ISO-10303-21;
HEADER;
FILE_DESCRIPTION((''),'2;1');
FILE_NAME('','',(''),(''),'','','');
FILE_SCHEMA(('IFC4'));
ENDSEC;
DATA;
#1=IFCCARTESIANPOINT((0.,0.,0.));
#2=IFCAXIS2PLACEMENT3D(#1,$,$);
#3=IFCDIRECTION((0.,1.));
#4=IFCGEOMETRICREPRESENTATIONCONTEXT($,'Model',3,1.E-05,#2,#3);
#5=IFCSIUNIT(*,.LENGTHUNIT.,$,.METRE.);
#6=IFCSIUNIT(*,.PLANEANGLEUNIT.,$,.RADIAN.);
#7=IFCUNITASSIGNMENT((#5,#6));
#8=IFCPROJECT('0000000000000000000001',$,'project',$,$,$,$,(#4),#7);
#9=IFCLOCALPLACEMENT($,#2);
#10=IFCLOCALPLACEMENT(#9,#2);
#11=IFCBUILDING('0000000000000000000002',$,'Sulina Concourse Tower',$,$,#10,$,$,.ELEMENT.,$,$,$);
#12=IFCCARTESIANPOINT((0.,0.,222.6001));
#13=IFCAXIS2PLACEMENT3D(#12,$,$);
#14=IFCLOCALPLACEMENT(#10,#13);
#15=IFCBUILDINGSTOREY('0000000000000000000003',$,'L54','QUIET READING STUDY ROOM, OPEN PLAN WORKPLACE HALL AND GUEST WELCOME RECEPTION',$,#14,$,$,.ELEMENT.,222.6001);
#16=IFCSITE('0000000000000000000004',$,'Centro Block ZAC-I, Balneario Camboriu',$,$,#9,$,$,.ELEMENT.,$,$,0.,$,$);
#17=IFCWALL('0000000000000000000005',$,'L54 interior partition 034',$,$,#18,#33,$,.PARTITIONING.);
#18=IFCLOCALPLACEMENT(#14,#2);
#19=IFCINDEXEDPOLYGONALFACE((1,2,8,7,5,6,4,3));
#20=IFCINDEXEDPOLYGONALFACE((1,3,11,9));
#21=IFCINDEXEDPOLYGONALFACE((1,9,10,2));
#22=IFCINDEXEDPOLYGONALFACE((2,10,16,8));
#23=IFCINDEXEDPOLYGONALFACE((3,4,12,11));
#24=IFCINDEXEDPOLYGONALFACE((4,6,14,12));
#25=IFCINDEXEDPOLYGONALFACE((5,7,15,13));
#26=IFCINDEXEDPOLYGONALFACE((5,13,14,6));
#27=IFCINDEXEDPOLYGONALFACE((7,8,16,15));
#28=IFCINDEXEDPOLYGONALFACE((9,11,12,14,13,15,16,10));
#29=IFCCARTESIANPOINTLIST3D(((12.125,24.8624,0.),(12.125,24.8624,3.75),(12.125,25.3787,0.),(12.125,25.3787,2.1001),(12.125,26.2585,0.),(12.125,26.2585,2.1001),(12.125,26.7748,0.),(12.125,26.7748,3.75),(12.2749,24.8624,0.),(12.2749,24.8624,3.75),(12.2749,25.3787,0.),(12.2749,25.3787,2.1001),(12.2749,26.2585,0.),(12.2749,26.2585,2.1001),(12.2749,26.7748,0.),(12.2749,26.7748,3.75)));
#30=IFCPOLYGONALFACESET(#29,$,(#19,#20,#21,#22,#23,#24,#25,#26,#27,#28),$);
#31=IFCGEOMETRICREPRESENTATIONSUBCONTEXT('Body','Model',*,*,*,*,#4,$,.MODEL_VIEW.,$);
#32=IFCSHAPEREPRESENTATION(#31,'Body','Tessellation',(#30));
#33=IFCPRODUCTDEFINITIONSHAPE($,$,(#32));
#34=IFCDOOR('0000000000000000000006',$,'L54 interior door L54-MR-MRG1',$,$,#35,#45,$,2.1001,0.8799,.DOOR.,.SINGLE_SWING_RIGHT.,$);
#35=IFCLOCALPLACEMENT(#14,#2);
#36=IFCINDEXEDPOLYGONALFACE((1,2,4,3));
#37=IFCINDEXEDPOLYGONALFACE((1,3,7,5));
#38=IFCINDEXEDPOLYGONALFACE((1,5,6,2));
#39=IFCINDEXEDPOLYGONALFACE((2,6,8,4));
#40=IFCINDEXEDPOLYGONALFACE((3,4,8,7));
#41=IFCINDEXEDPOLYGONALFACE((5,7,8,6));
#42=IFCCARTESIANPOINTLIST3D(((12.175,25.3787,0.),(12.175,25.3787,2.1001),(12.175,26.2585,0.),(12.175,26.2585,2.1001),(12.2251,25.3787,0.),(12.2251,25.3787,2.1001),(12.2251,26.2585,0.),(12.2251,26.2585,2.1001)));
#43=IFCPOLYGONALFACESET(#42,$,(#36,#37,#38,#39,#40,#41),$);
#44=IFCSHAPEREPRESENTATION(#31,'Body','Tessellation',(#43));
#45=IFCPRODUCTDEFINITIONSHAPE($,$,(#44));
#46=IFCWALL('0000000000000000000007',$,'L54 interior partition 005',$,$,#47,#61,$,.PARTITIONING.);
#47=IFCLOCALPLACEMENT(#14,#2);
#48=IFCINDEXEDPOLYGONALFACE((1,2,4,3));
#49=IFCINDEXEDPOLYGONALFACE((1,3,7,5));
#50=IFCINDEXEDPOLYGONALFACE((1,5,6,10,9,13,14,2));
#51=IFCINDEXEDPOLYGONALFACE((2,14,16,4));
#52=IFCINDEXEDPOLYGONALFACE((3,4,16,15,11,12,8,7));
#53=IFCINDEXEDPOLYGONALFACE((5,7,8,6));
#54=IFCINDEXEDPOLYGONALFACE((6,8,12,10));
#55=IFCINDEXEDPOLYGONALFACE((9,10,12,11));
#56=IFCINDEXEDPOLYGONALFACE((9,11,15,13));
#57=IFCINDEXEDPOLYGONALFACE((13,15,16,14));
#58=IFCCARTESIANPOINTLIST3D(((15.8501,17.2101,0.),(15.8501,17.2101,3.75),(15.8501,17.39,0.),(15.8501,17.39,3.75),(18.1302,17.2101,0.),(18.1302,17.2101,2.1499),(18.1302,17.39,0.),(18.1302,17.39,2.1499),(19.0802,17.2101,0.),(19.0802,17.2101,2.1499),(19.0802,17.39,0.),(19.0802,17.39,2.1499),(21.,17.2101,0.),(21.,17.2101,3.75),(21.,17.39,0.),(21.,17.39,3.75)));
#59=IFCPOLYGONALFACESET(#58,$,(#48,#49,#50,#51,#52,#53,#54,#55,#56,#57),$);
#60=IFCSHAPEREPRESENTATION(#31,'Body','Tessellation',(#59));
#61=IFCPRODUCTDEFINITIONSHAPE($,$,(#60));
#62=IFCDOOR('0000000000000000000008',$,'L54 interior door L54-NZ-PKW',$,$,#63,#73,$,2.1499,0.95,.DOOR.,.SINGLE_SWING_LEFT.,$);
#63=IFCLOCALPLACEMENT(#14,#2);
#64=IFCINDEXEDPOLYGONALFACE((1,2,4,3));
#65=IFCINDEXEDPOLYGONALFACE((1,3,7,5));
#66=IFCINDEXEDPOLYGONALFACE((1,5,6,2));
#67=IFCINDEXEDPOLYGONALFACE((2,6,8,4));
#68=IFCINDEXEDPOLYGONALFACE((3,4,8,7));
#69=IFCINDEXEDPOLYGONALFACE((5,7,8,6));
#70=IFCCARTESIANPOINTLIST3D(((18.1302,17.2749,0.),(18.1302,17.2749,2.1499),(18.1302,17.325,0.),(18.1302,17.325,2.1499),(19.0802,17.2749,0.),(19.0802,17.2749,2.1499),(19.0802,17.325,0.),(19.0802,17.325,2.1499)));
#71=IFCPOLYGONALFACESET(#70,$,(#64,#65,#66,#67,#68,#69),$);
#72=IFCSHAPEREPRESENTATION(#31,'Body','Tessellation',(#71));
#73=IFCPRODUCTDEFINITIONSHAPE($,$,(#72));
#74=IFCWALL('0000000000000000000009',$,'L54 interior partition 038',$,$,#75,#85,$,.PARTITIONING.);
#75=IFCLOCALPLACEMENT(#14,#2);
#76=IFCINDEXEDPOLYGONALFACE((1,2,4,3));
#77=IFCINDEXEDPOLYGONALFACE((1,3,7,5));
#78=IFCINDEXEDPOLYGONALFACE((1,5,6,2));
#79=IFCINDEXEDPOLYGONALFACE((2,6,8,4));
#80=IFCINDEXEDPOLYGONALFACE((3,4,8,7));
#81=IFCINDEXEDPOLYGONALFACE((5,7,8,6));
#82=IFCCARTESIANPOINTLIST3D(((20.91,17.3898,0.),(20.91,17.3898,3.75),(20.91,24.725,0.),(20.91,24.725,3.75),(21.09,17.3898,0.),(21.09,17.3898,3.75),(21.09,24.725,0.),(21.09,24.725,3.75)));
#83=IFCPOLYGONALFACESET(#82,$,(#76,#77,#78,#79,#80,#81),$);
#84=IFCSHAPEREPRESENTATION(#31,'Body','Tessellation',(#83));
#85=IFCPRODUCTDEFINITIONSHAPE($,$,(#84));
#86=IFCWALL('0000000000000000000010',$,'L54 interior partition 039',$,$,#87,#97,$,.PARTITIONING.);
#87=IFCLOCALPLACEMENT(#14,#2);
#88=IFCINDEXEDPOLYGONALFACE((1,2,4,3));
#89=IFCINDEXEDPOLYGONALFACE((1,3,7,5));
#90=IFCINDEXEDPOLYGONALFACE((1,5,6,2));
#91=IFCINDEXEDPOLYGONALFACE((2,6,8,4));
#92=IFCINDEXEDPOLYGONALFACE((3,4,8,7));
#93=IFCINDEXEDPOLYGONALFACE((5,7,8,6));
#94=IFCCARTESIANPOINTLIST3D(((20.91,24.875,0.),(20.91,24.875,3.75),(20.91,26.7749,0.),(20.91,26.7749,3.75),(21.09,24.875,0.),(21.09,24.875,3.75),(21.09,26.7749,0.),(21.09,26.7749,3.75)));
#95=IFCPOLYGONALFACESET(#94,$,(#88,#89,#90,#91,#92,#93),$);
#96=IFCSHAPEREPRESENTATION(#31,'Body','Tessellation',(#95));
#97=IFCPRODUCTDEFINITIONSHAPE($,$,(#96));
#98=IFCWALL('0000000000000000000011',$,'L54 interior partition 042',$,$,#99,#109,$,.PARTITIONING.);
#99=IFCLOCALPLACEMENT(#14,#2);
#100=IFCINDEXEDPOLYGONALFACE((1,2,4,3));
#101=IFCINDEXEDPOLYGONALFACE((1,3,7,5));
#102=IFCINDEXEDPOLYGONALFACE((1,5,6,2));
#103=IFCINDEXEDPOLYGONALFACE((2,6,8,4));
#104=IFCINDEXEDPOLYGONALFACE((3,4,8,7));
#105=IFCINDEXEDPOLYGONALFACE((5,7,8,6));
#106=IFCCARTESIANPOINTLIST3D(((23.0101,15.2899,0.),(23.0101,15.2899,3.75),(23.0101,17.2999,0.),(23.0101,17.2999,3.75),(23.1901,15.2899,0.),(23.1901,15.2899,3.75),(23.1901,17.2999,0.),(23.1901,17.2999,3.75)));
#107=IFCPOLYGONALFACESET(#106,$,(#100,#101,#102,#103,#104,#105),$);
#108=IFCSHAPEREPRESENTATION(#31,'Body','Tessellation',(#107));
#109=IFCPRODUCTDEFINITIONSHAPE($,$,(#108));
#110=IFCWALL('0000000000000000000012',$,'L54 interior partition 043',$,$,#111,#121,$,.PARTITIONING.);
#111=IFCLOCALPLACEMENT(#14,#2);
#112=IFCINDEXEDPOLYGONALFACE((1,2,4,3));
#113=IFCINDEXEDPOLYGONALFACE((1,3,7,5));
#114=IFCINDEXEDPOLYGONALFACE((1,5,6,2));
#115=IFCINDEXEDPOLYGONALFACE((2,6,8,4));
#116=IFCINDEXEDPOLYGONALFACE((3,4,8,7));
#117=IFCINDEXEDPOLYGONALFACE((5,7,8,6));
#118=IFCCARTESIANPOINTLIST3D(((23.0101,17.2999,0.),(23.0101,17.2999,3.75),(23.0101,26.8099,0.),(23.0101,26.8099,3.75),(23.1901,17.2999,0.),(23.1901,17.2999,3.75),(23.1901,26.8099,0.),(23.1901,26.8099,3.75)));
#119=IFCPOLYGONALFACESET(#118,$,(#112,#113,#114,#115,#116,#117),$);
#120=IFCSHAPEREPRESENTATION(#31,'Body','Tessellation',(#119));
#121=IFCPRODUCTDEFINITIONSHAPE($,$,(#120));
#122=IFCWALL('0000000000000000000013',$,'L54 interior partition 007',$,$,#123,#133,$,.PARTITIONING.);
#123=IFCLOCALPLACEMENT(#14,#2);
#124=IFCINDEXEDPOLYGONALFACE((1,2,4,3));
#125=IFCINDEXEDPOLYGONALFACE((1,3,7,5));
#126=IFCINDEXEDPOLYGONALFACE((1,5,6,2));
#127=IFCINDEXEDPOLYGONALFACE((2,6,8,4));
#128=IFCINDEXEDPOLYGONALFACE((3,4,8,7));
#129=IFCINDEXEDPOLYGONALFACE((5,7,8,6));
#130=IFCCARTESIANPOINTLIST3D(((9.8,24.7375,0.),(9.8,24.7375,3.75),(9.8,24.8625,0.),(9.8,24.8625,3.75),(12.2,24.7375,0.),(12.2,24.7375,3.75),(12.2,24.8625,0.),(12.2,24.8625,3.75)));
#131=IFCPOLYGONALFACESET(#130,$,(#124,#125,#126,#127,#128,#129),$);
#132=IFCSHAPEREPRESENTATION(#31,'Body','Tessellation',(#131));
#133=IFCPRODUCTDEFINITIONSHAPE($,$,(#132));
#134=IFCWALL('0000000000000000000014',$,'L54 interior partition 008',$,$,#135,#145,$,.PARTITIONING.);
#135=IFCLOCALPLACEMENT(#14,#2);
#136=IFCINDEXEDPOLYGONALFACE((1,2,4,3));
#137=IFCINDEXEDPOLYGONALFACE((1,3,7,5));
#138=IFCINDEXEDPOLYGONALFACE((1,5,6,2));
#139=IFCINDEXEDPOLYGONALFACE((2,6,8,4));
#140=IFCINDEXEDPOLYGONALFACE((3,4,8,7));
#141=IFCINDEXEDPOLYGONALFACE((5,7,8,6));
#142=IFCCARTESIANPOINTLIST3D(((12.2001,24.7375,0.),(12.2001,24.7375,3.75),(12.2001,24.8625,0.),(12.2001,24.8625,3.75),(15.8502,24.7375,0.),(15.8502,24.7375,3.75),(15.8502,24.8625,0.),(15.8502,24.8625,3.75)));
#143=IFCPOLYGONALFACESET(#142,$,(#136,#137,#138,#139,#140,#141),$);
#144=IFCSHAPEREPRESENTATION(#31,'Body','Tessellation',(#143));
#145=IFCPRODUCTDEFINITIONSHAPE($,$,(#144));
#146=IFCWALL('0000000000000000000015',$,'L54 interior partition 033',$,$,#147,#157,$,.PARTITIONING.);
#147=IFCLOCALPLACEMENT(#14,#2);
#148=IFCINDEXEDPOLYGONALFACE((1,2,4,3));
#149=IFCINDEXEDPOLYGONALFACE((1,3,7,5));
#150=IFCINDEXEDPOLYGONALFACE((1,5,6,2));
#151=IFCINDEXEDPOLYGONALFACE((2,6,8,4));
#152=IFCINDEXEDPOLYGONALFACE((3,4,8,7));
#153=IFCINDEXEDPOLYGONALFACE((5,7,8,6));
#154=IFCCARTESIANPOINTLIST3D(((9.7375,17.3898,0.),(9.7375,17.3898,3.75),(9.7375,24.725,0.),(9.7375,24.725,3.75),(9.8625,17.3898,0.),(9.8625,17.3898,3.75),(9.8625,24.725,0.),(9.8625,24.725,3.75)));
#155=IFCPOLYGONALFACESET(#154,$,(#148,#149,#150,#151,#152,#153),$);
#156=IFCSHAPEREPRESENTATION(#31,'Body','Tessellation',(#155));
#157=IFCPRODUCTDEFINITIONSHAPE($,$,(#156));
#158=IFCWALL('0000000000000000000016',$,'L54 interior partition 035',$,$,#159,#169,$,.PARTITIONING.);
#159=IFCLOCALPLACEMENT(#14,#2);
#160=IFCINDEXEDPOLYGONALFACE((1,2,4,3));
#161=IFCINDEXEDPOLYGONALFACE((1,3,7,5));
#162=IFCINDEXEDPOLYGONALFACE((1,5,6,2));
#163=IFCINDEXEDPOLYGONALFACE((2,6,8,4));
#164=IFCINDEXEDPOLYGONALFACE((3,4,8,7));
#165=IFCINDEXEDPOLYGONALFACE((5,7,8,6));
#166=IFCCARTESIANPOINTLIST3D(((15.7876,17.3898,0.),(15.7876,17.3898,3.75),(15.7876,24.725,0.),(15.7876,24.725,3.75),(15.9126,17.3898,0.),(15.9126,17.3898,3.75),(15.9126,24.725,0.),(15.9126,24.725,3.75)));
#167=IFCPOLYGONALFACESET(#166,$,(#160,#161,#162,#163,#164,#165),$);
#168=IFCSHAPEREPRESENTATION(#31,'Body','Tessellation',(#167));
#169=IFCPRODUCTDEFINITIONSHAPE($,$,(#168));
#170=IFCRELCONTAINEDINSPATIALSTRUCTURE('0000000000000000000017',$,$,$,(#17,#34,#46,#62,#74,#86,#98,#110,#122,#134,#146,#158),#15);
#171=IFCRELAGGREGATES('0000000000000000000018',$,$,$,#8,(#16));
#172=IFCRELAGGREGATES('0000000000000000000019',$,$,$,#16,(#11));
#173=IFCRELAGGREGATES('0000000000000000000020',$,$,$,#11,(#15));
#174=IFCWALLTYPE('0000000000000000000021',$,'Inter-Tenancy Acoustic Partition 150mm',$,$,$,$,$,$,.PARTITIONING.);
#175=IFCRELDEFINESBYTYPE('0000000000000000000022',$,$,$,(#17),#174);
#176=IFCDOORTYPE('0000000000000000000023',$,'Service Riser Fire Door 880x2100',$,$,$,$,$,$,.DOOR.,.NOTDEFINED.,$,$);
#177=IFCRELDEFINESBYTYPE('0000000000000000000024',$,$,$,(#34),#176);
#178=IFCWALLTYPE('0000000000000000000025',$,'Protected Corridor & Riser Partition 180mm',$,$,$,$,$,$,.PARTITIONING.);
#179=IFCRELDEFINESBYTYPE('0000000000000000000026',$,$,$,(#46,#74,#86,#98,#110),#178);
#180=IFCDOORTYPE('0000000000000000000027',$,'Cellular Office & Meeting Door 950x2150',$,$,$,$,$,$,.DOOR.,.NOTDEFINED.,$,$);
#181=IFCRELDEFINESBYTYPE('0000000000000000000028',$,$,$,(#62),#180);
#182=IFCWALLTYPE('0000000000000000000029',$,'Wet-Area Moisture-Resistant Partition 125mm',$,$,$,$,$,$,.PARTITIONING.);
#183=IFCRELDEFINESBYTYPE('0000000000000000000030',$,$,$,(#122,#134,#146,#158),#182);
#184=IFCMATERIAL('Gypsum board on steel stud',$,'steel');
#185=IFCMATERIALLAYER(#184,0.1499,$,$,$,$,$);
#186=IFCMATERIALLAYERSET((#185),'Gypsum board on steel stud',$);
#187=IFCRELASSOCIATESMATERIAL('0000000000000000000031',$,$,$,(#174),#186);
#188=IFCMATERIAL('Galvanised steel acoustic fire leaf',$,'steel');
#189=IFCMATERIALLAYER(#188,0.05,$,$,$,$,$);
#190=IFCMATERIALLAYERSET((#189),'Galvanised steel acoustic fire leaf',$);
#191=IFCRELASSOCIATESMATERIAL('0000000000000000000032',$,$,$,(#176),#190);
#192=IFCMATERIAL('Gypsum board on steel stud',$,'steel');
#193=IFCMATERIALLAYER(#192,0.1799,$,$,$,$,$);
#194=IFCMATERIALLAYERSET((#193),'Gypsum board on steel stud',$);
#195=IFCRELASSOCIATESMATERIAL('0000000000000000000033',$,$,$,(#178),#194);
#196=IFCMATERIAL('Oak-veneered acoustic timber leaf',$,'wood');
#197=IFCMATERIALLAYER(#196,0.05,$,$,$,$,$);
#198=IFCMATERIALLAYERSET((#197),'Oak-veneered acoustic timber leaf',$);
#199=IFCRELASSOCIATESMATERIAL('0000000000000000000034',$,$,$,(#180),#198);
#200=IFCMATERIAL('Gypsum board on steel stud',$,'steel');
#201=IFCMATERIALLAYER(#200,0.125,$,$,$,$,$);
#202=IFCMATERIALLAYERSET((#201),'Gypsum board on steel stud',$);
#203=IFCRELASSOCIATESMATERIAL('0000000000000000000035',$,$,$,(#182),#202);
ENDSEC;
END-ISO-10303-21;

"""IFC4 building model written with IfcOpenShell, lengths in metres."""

from ifc_helpers import new_model, si_unit, direction, frame, frame_2d, origin, place, context, subcontext, project, spatial, rectangle, extrude, material, layer, layer_set, type_object, element, fill, save


model = new_model("IFC4")

# Units and contexts
model_context = context("Model", 3, precision=1e-05, world=origin(), true_north=direction((0.0, 1.0)))
body_context = subcontext(model_context, "Body", "Model", "MODEL_VIEW")
ifc_project = project(units=[si_unit("LENGTHUNIT", "METRE"), si_unit("PLANEANGLEUNIT", "RADIAN")], contexts=[model_context])

# Site, building, storey
site_placement = place(None, origin())
site = spatial("IfcSite", under=ifc_project, at=site_placement, Name="Centro Block ZAC-I, Balneario Camboriu", CompositionType="ELEMENT", RefElevation=0.0)
building_placement = place(site_placement, origin())
building = spatial("IfcBuilding", under=site, at=building_placement, Name="Sulina Concourse Tower", CompositionType="ELEMENT")
storey_placement = place(building_placement, frame((0.0, 0.0, 222.6001)))
storey = spatial("IfcBuildingStorey", under=building, at=storey_placement, Name="L54", Description="QUIET READING STUDY ROOM, OPEN PLAN WORKPLACE HALL AND GUEST WELCOME RECEPTION", CompositionType="ELEMENT", Elevation=222.6001)

# Shared definitions
ifc_material_1 = material(Name="Gypsum board on steel stud", Category="steel")
ifc_layer_1 = layer(ifc_material_1, 0.1499)
ifc_layer_set_1 = layer_set([ifc_layer_1], Name="Gypsum board on steel stud")
wall_type_1 = type_object("IfcWallType", Name="Inter-Tenancy Acoustic Partition 150mm", PredefinedType="PARTITIONING", material=ifc_layer_set_1)

# Walls, openings, doors
wall_1_placement = place(storey_placement, frame((12.2, 24.8625, 0.0), z_axis=(0.0, 0.0, 1.0), x_axis=(0.0, 1.0, 0.0)))
wall_1 = element("IfcWall", 1, at=wall_1_placement, inside=storey, type_object=wall_type_1, Name="L54 interior partition 034", PredefinedType="PARTITIONING", context=body_context, shape_type="SweptSolid", body=[
    extrude(rectangle(XDim=1.9124, YDim=0.1499, at=frame_2d((0.9561, 0.0))), origin(), (0.0, 0.0, 1.0), 3.75),
])
opening_1_placement = place(wall_1_placement, frame((0.5161, 0.0, 0.0)))
opening_1 = element("IfcOpeningElement", 2, at=opening_1_placement, cuts=wall_1, PredefinedType="OPENING", context=body_context, shape_type="SweptSolid", body=[
    extrude(rectangle(XDim=0.8799, YDim=2.1001, at=frame_2d((0.4399, 1.05))), frame((0.0, 0.085, 0.0), z_axis=(0.0, -1.0, 0.0), x_axis=(1.0, 0.0, 0.0)), (0.0, 0.0, 1.0), 0.1699),
])
ifc_material_2 = material(Name="Galvanised steel acoustic fire leaf", Category="steel")
ifc_layer_2 = layer(ifc_material_2, 0.05)
ifc_layer_set_2 = layer_set([ifc_layer_2], Name="Galvanised steel acoustic fire leaf")
door_type_1 = type_object("IfcDoorType", Name="Service Riser Fire Door 880x2100", OperationType="NOTDEFINED", PredefinedType="DOOR", material=ifc_layer_set_2)
door_1_placement = place(opening_1_placement, origin())
door_1 = element("IfcDoor", 3, at=door_1_placement, inside=storey, type_object=door_type_1, Name="L54 interior door L54-MR-MRG1", OperationType="SINGLE_SWING_RIGHT", OverallHeight=2.1001, OverallWidth=0.8799, PredefinedType="DOOR", context=body_context, shape_type="SweptSolid", body=[
    extrude(rectangle(XDim=0.8799, YDim=2.1001, at=frame_2d((0.4399, 1.05))), frame((0.0, 0.0249, 0.0), z_axis=(0.0, -1.0, 0.0), x_axis=(1.0, 0.0, 0.0)), (0.0, 0.0, 1.0), 0.05),
])
fill(opening_1, door_1)
ifc_material_3 = material(Name="Gypsum board on steel stud", Category="steel")
ifc_layer_3 = layer(ifc_material_3, 0.1799)
ifc_layer_set_3 = layer_set([ifc_layer_3], Name="Gypsum board on steel stud")
wall_type_2 = type_object("IfcWallType", Name="Protected Corridor & Riser Partition 180mm", PredefinedType="PARTITIONING", material=ifc_layer_set_3)
wall_2_placement = place(storey_placement, frame((15.8501, 17.3, 0.0), z_axis=(0.0, 0.0, 1.0), x_axis=(1.0, 0.0, 0.0)))
wall_2 = element("IfcWall", 4, at=wall_2_placement, inside=storey, type_object=wall_type_2, Name="L54 interior partition 005", PredefinedType="PARTITIONING", context=body_context, shape_type="SweptSolid", body=[
    extrude(rectangle(XDim=5.1499, YDim=0.1799, at=frame_2d((2.575, 0.0))), origin(), (0.0, 0.0, 1.0), 3.75),
])
opening_2_placement = place(wall_2_placement, frame((2.28, 0.0, 0.0)))
opening_2 = element("IfcOpeningElement", 5, at=opening_2_placement, cuts=wall_2, PredefinedType="OPENING", context=body_context, shape_type="SweptSolid", body=[
    extrude(rectangle(XDim=0.95, YDim=2.1499, at=frame_2d((0.4751, 1.075))), frame((0.0, 0.0999, 0.0), z_axis=(0.0, -1.0, 0.0), x_axis=(1.0, 0.0, 0.0)), (0.0, 0.0, 1.0), 0.2),
])
ifc_material_4 = material(Name="Oak-veneered acoustic timber leaf", Category="wood")
ifc_layer_4 = layer(ifc_material_4, 0.05)
ifc_layer_set_4 = layer_set([ifc_layer_4], Name="Oak-veneered acoustic timber leaf")
door_type_2 = type_object("IfcDoorType", Name="Cellular Office & Meeting Door 950x2150", OperationType="NOTDEFINED", PredefinedType="DOOR", material=ifc_layer_set_4)
door_2_placement = place(opening_2_placement, origin())
door_2 = element("IfcDoor", 6, at=door_2_placement, inside=storey, type_object=door_type_2, Name="L54 interior door L54-NZ-PKW", OperationType="SINGLE_SWING_LEFT", OverallHeight=2.1499, OverallWidth=0.95, PredefinedType="DOOR", context=body_context, shape_type="SweptSolid", body=[
    extrude(rectangle(XDim=0.95, YDim=2.1499, at=frame_2d((0.4751, 1.075))), frame((0.0, 0.0249, 0.0), z_axis=(0.0, -1.0, 0.0), x_axis=(1.0, 0.0, 0.0)), (0.0, 0.0, 1.0), 0.05),
])
fill(opening_2, door_2)

# Walls
wall_3_placement = place(storey_placement, frame((21.0, 17.3899, 0.0), z_axis=(0.0, 0.0, 1.0), x_axis=(0.0, 1.0, 0.0)))
element("IfcWall", 7, at=wall_3_placement, inside=storey, type_object=wall_type_2, Name="L54 interior partition 038", PredefinedType="PARTITIONING", context=body_context, shape_type="SweptSolid", body=[
    extrude(rectangle(XDim=7.3352, YDim=0.1799, at=frame_2d((3.6675, 0.0))), origin(), (0.0, 0.0, 1.0), 3.75),
])
wall_4_placement = place(storey_placement, frame((21.0, 24.875, 0.0), z_axis=(0.0, 0.0, 1.0), x_axis=(0.0, 1.0, 0.0)))
element("IfcWall", 8, at=wall_4_placement, inside=storey, type_object=wall_type_2, Name="L54 interior partition 039", PredefinedType="PARTITIONING", context=body_context, shape_type="SweptSolid", body=[
    extrude(rectangle(XDim=1.8999, YDim=0.1799, at=frame_2d((0.95, 0.0))), origin(), (0.0, 0.0, 1.0), 3.75),
])
wall_5_placement = place(storey_placement, frame((23.1001, 15.29, 0.0), z_axis=(0.0, 0.0, 1.0), x_axis=(0.0, 1.0, 0.0)))
element("IfcWall", 9, at=wall_5_placement, inside=storey, type_object=wall_type_2, Name="L54 interior partition 042", PredefinedType="PARTITIONING", context=body_context, shape_type="SweptSolid", body=[
    extrude(rectangle(XDim=2.01, YDim=0.1799, at=frame_2d((1.0049, 0.0))), origin(), (0.0, 0.0, 1.0), 3.75),
])
wall_6_placement = place(storey_placement, frame((23.1001, 17.3, 0.0), z_axis=(0.0, 0.0, 1.0), x_axis=(0.0, 1.0, 0.0)))
element("IfcWall", 10, at=wall_6_placement, inside=storey, type_object=wall_type_2, Name="L54 interior partition 043", PredefinedType="PARTITIONING", context=body_context, shape_type="SweptSolid", body=[
    extrude(rectangle(XDim=9.51, YDim=0.1799, at=frame_2d((4.7549, 0.0))), origin(), (0.0, 0.0, 1.0), 3.75),
])
ifc_material_5 = material(Name="Gypsum board on steel stud", Category="steel")
ifc_layer_5 = layer(ifc_material_5, 0.125)
ifc_layer_set_5 = layer_set([ifc_layer_5], Name="Gypsum board on steel stud")
wall_type_3 = type_object("IfcWallType", Name="Wet-Area Moisture-Resistant Partition 125mm", PredefinedType="PARTITIONING", material=ifc_layer_set_5)
wall_7_placement = place(storey_placement, frame((9.8, 24.8, 0.0), z_axis=(0.0, 0.0, 1.0), x_axis=(1.0, 0.0, 0.0)))
element("IfcWall", 11, at=wall_7_placement, inside=storey, type_object=wall_type_3, Name="L54 interior partition 007", PredefinedType="PARTITIONING", context=body_context, shape_type="SweptSolid", body=[
    extrude(rectangle(XDim=2.3999, YDim=0.125, at=frame_2d((1.2, 0.0))), origin(), (0.0, 0.0, 1.0), 3.75),
])
wall_8_placement = place(storey_placement, frame((12.2, 24.8, 0.0), z_axis=(0.0, 0.0, 1.0), x_axis=(1.0, 0.0, 0.0)))
element("IfcWall", 12, at=wall_8_placement, inside=storey, type_object=wall_type_3, Name="L54 interior partition 008", PredefinedType="PARTITIONING", context=body_context, shape_type="SweptSolid", body=[
    extrude(rectangle(XDim=3.6501, YDim=0.125, at=frame_2d((1.8252, 0.0))), origin(), (0.0, 0.0, 1.0), 3.75),
])
for number, where, z_axis, x_axis, name in (
    (13, (9.8, 17.3899, 0.0), (0.0, 0.0, 1.0), (0.0, 1.0, 0.0), "L54 interior partition 033"),
    (14, (15.8501, 17.3899, 0.0), (0.0, 0.0, 1.0), (0.0, 1.0, 0.0), "L54 interior partition 035"),
):
    element("IfcWall", number, at=place(storey_placement, frame(where, z_axis=z_axis, x_axis=x_axis)), inside=storey, type_object=wall_type_3, Name=name, PredefinedType="PARTITIONING", context=body_context, shape_type="SweptSolid", body=[
        extrude(rectangle(XDim=7.3352, YDim=0.125, at=frame_2d((3.6675, 0.0))), origin(), (0.0, 0.0, 1.0), 3.75),
    ])

save(model, "model.ifc")
